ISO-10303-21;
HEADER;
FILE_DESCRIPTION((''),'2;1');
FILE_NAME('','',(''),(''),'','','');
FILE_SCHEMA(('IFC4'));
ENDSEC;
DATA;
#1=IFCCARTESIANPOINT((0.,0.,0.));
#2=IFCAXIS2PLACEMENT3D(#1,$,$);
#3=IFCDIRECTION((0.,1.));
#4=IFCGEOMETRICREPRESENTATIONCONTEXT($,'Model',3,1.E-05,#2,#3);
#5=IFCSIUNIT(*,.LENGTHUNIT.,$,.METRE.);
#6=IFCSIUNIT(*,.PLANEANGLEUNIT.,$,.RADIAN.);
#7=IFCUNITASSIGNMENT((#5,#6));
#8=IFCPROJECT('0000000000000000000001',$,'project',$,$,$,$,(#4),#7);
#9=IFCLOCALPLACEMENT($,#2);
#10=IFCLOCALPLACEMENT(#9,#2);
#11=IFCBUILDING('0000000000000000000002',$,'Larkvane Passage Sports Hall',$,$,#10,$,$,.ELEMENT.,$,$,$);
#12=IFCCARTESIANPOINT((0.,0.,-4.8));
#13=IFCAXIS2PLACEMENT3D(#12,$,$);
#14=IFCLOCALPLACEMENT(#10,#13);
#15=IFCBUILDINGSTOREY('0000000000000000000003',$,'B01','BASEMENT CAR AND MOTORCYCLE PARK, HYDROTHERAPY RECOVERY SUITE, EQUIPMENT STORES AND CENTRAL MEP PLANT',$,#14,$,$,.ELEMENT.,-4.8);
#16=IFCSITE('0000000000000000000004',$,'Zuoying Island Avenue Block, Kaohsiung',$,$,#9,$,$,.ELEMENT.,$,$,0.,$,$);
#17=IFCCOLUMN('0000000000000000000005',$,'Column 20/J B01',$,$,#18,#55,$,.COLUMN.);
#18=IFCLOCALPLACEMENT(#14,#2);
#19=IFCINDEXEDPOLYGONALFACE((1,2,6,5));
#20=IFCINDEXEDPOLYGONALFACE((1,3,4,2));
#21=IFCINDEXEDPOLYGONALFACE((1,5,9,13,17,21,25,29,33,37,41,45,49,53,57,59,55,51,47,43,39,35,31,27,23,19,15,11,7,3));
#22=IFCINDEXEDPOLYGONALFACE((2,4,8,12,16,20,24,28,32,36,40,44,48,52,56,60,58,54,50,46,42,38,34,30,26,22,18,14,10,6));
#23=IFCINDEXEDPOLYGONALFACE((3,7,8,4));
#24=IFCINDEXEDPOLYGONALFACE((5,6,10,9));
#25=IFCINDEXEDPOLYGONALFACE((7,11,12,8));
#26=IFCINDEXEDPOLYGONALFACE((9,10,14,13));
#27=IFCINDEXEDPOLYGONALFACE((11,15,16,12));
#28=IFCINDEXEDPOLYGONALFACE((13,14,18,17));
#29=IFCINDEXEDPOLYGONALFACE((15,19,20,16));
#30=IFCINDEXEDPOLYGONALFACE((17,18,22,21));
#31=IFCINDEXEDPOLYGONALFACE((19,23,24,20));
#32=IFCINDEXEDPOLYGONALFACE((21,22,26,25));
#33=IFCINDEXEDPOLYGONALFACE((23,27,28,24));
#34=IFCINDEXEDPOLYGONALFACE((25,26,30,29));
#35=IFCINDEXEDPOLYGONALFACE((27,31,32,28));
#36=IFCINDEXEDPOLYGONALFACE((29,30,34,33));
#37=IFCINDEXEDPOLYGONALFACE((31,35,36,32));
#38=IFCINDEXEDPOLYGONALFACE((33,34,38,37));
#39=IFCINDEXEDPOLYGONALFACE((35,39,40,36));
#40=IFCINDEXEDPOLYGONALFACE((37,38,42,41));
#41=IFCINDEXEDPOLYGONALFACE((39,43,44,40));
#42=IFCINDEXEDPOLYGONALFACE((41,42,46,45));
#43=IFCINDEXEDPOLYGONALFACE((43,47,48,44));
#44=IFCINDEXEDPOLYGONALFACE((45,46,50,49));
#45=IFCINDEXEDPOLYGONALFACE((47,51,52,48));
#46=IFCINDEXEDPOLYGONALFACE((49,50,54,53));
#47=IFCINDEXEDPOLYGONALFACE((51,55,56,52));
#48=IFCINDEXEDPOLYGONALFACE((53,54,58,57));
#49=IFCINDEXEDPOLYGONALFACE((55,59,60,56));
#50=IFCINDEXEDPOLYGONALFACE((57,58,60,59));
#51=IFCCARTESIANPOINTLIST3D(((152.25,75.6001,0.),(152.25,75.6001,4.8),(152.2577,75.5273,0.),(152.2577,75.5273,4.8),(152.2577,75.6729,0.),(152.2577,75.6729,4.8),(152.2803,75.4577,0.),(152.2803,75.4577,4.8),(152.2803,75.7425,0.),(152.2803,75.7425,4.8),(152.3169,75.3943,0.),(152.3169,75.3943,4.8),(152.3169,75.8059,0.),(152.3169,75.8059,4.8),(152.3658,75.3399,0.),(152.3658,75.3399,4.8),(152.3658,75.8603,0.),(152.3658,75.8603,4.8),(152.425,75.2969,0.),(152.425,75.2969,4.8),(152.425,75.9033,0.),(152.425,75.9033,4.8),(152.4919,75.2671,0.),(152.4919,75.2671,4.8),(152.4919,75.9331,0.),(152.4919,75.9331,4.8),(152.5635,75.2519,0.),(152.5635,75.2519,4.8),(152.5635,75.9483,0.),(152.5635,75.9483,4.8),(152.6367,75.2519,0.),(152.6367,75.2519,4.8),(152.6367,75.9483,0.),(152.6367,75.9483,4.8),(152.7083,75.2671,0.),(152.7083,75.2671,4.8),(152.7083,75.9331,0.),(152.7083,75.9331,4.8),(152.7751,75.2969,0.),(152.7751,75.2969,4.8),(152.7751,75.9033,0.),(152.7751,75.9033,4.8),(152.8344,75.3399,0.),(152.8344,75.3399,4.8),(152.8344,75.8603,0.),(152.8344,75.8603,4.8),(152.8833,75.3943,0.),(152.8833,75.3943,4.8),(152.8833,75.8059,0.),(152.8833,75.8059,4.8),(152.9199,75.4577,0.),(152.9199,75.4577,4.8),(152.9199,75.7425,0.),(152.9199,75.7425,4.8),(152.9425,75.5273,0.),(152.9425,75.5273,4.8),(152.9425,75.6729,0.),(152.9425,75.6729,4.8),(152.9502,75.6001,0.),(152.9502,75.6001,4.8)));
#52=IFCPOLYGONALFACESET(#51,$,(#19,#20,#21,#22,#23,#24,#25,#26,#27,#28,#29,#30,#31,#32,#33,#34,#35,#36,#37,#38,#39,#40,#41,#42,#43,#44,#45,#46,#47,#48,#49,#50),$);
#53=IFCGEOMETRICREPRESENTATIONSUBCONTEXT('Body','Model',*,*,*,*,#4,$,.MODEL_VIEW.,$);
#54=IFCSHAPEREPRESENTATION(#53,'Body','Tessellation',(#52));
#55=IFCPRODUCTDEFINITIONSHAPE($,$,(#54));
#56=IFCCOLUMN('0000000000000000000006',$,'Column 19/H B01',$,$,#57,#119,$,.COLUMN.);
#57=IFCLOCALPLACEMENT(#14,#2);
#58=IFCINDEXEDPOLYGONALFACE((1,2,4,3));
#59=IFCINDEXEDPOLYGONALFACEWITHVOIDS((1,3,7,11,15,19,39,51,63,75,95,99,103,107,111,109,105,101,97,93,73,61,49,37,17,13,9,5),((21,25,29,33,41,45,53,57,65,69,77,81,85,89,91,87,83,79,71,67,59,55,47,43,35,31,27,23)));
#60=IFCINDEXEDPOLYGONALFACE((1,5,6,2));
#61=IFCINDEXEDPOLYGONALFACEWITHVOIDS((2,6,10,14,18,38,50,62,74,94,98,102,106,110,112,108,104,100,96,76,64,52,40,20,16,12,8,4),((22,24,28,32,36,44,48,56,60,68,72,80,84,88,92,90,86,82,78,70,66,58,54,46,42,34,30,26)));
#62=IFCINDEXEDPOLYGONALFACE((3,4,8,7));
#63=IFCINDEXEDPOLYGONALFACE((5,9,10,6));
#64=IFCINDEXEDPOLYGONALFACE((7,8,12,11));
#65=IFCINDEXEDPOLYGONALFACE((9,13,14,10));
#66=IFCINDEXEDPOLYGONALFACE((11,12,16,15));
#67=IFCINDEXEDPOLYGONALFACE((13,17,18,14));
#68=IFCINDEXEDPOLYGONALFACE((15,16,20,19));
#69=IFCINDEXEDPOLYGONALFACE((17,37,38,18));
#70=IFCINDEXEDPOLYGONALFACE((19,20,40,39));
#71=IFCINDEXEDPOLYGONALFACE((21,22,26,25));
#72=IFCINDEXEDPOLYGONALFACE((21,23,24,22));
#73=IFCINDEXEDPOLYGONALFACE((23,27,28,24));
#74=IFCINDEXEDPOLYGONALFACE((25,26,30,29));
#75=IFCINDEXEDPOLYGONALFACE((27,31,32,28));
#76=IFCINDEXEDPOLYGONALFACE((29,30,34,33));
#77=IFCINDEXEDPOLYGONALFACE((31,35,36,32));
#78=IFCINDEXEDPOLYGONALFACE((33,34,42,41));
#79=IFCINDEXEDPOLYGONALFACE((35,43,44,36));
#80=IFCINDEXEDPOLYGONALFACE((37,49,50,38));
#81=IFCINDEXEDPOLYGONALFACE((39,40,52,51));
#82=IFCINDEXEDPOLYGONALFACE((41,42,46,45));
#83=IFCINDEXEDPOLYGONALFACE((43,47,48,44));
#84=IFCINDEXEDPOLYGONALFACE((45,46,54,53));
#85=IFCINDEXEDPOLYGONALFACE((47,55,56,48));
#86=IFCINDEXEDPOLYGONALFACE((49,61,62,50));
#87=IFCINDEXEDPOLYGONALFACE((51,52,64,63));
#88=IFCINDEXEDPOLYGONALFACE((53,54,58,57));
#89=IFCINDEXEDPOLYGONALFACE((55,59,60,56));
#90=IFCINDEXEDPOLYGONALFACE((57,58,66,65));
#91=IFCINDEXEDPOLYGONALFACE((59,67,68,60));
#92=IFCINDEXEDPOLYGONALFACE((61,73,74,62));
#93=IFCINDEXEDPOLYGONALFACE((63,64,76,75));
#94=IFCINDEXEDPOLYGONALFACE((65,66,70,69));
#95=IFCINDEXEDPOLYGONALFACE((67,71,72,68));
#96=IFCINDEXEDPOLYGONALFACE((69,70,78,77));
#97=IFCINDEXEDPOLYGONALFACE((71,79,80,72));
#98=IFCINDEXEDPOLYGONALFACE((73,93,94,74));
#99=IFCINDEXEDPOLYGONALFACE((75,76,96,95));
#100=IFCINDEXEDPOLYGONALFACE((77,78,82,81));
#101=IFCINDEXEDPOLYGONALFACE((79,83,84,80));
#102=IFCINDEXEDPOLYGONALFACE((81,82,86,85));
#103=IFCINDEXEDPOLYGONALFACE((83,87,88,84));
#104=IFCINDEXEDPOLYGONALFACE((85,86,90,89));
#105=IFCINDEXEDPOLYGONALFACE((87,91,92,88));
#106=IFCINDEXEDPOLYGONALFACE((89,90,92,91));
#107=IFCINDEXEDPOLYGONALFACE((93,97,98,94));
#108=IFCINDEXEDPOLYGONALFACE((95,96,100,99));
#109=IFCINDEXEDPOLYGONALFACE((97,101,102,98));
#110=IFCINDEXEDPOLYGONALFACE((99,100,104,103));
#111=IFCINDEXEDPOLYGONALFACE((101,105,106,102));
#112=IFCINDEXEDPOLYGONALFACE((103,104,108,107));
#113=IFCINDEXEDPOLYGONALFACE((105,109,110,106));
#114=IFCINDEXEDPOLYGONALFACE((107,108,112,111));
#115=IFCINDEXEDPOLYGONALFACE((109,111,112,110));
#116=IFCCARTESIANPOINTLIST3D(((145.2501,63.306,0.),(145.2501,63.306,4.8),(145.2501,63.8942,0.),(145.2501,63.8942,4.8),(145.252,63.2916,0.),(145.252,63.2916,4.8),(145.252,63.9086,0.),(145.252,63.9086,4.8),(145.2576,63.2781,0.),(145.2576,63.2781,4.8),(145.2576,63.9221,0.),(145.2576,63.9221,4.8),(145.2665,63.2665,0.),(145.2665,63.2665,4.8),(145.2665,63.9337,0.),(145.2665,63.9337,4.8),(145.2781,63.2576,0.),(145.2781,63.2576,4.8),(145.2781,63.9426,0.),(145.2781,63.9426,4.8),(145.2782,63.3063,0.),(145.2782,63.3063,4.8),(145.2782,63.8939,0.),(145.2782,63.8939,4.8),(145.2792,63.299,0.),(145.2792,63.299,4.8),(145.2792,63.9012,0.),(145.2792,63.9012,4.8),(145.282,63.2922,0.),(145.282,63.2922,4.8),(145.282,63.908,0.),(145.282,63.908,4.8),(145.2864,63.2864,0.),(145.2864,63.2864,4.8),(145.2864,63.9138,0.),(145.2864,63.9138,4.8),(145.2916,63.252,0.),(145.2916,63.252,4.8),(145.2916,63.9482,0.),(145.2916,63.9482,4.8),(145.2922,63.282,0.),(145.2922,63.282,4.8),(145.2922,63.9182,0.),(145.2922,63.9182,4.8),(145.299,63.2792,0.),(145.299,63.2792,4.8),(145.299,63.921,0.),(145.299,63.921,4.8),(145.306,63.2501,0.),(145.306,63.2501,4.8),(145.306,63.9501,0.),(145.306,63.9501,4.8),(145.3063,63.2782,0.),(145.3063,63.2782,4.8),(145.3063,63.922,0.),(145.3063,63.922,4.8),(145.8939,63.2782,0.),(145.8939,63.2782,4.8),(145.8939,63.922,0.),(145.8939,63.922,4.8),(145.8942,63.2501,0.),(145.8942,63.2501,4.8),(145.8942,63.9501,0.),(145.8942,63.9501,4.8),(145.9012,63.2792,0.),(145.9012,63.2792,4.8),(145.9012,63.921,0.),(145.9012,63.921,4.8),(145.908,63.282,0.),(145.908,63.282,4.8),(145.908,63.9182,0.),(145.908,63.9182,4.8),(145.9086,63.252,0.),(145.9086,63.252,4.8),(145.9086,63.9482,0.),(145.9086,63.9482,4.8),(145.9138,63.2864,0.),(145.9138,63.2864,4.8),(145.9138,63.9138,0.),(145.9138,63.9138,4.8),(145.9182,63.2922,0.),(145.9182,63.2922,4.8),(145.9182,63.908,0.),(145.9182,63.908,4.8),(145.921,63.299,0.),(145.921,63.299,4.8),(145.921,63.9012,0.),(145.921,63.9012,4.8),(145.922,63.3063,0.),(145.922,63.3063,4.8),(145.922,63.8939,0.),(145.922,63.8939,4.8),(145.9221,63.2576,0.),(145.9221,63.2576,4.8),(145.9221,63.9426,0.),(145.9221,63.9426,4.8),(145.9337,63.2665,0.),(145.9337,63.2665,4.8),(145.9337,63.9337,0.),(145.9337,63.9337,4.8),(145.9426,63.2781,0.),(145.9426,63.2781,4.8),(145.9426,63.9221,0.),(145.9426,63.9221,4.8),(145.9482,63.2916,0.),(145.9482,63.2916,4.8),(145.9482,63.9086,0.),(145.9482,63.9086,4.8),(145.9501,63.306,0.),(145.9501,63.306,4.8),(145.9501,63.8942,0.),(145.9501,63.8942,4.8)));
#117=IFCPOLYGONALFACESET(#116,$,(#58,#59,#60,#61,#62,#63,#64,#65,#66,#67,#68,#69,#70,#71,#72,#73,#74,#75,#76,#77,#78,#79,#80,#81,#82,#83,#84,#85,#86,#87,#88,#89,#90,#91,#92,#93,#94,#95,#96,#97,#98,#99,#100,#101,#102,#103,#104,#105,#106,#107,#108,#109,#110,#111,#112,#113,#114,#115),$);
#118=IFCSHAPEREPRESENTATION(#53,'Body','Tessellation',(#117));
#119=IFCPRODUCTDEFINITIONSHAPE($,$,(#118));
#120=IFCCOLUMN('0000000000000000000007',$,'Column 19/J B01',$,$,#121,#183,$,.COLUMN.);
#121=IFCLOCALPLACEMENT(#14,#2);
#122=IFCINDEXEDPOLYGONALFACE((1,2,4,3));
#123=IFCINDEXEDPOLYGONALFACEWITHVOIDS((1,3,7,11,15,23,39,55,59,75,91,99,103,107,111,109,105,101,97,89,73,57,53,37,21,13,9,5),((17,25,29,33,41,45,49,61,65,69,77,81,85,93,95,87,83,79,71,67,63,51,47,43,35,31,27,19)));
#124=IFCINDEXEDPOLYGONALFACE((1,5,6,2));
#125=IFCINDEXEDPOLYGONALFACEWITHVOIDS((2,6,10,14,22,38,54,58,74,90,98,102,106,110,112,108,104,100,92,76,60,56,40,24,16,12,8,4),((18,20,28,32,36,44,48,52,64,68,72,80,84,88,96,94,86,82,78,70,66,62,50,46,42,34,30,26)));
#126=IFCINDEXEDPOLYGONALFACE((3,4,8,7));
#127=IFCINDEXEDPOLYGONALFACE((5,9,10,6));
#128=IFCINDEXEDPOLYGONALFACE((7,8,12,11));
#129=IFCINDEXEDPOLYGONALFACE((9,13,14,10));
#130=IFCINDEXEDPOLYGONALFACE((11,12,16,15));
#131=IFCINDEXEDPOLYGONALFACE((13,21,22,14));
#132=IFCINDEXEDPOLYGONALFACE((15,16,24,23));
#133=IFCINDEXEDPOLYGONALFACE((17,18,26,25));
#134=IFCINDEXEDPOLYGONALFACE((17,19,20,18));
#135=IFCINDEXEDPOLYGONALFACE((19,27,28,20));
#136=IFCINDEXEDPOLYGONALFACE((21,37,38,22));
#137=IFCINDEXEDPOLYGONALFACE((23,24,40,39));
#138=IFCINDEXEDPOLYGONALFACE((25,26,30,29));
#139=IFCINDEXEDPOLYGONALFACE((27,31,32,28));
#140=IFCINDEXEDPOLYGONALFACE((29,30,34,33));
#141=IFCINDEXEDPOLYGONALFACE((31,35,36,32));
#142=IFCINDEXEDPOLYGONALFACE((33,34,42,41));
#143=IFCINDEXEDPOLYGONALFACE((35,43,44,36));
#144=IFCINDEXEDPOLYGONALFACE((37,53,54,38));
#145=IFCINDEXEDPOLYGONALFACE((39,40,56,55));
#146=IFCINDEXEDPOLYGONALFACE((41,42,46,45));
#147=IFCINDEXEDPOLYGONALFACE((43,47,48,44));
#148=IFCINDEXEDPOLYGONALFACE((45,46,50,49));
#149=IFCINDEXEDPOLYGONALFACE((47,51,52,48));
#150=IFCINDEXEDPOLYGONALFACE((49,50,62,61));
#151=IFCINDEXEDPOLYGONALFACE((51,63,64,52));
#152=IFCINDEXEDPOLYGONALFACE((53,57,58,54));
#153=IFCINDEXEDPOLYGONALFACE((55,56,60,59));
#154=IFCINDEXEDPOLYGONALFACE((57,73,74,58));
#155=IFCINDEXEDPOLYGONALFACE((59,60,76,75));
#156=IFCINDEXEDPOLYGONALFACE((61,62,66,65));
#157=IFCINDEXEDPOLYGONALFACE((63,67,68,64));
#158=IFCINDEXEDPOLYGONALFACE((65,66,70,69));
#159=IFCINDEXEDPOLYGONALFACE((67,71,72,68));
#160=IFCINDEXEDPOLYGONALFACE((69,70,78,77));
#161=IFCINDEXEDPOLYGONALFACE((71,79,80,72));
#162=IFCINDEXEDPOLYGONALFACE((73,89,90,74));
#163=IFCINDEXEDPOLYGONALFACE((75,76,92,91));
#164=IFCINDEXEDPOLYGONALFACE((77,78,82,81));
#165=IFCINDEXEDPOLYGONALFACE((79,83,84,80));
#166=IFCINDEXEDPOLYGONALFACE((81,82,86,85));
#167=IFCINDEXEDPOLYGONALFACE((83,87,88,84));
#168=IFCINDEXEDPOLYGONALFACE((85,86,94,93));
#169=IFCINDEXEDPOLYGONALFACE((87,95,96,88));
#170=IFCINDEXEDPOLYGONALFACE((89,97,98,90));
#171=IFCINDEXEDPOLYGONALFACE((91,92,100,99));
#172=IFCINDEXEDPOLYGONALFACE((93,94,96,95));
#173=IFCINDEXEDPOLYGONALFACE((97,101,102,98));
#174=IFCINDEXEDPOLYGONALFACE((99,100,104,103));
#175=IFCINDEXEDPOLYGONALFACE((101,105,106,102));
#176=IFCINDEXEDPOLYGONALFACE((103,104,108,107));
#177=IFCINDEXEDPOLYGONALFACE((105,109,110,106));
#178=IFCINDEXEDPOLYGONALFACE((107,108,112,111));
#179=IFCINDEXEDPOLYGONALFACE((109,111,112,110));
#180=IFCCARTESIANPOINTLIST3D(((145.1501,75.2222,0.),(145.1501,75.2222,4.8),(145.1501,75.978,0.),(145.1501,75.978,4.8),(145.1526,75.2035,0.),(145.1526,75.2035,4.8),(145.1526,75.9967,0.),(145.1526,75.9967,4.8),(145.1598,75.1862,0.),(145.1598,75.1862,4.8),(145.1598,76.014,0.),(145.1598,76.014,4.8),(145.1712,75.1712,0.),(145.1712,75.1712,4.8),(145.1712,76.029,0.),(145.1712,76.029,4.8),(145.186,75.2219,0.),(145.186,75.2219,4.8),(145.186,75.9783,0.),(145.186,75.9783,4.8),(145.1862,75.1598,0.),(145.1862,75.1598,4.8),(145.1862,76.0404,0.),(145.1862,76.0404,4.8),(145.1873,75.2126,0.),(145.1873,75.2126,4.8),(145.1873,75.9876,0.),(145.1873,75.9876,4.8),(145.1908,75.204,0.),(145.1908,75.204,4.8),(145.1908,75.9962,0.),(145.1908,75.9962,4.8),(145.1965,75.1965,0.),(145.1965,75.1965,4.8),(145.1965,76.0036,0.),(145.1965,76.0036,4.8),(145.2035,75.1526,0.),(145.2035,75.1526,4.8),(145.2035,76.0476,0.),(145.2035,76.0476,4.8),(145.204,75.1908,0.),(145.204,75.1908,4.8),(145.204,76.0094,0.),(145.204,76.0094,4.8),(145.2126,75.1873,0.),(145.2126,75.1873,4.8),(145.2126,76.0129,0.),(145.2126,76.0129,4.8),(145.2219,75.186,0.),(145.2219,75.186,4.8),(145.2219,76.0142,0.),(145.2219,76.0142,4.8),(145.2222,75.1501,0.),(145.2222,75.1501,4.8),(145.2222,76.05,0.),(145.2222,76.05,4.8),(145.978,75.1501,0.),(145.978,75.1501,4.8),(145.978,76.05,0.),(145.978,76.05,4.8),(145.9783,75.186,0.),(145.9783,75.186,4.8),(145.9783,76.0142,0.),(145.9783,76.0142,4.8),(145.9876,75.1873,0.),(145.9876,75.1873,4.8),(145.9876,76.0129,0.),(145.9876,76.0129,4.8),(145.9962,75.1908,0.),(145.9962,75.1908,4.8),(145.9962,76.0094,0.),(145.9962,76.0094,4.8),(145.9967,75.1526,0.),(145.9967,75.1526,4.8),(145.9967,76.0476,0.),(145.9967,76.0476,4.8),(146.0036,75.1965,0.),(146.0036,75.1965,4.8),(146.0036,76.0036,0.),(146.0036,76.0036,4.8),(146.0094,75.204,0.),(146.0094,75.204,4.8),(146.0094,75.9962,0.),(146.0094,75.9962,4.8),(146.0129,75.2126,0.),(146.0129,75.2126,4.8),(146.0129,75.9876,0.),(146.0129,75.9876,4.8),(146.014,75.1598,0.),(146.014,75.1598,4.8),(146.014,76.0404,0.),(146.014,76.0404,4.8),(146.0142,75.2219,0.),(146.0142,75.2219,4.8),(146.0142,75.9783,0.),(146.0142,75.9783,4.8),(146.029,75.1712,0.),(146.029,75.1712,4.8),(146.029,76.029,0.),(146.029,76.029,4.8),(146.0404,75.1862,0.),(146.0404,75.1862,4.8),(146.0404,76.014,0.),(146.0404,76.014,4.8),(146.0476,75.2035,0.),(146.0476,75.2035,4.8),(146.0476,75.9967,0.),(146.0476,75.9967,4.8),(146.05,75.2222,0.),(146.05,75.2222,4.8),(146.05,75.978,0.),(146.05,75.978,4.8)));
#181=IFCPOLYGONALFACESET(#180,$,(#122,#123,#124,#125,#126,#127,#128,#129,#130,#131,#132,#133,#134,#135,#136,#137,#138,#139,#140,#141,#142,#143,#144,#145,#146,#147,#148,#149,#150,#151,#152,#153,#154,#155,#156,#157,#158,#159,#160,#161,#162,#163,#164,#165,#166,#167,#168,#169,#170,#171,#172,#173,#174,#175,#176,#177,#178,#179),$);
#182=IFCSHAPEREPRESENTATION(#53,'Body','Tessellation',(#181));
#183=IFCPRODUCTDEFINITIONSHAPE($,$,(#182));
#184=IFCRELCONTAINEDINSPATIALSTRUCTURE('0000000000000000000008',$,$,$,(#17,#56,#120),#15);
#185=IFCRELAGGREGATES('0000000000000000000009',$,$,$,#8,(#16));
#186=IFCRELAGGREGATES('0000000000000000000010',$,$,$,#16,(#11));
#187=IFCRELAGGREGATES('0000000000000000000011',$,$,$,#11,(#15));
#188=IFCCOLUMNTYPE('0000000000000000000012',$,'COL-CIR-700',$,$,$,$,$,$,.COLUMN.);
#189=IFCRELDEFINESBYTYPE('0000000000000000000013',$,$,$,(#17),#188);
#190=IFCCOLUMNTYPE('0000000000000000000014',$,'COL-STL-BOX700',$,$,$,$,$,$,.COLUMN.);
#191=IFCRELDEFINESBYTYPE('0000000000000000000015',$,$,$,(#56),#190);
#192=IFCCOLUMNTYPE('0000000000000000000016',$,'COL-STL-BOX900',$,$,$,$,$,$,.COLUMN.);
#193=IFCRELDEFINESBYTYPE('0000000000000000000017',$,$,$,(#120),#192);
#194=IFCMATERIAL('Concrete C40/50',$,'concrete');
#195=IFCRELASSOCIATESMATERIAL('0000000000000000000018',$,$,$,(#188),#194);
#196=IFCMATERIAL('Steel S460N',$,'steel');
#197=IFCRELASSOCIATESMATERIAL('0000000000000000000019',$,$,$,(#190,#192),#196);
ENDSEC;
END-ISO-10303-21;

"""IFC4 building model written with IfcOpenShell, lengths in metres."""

from ifc_helpers import new_model, si_unit, direction, frame, origin, origin_2d, place, context, subcontext, project, spatial, hollow_rectangle, circle, extrude, material, material_profile, profile_set, type_object, element, save


model = new_model("IFC4")

# Units and contexts
model_context = context("Model", 3, precision=1e-05, world=origin(), true_north=direction((0.0, 1.0)))
body_context = subcontext(model_context, "Body", "Model", "MODEL_VIEW")
ifc_project = project(units=[si_unit("LENGTHUNIT", "METRE"), si_unit("PLANEANGLEUNIT", "RADIAN")], contexts=[model_context])

# Site, building, storey
site_placement = place(None, origin())
site = spatial("IfcSite", under=ifc_project, at=site_placement, Name="Zuoying Island Avenue Block, Kaohsiung", CompositionType="ELEMENT", RefElevation=0.0)
building_placement = place(site_placement, origin())
building = spatial("IfcBuilding", under=site, at=building_placement, Name="Larkvane Passage Sports Hall", CompositionType="ELEMENT")
storey_placement = place(building_placement, frame((0.0, 0.0, -4.8)))
storey = spatial("IfcBuildingStorey", under=building, at=storey_placement, Name="B01", Description="BASEMENT CAR AND MOTORCYCLE PARK, HYDROTHERAPY RECOVERY SUITE, EQUIPMENT STORES AND CENTRAL MEP PLANT", CompositionType="ELEMENT", Elevation=-4.8)

# Shared definitions
ifc_material_1 = material(Name="Concrete C40/50", Category="concrete")

# Columns
ifc_material_profile_1 = material_profile(ifc_material_1, circle(Radius=0.3501, at=origin_2d()), Name="RC-CIR-700")
ifc_profile_set_1 = profile_set([ifc_material_profile_1], Name="Concrete C40/50")
column_type_1 = type_object("IfcColumnType", Name="COL-CIR-700", PredefinedType="COLUMN", material=ifc_profile_set_1)
column_1_placement = place(storey_placement, frame((152.6001, 75.6001, 0.0), z_axis=(0.0, 0.0, 1.0), x_axis=(1.0, 0.0, 0.0)))
element("IfcColumn", 1, at=column_1_placement, inside=storey, type_object=column_type_1, Name="Column 20/J B01", PredefinedType="COLUMN", context=body_context, shape_type="SweptSolid", body=[
    extrude(circle(Radius=0.3501, at=origin_2d()), origin(), (0.0, 0.0, 1.0), 4.8),
])
ifc_material_2 = material(Name="Steel S460N", Category="steel")
ifc_material_profile_2 = material_profile(ifc_material_2, hollow_rectangle(XDim=0.7, YDim=0.7, WallThickness=0.0281, InnerFilletRadius=0.0281, OuterFilletRadius=0.0559, at=origin_2d()), Name="BOX-700x700x28")
ifc_profile_set_2 = profile_set([ifc_material_profile_2], Name="Steel S460N")
column_type_2 = type_object("IfcColumnType", Name="COL-STL-BOX700", PredefinedType="COLUMN", material=ifc_profile_set_2)
column_2_placement = place(storey_placement, frame((145.6001, 63.6001, 0.0), z_axis=(0.0, 0.0, 1.0), x_axis=(1.0, 0.0, 0.0)))
element("IfcColumn", 2, at=column_2_placement, inside=storey, type_object=column_type_2, Name="Column 19/H B01", PredefinedType="COLUMN", context=body_context, shape_type="SweptSolid", body=[
    extrude(hollow_rectangle(XDim=0.7, YDim=0.7, WallThickness=0.0281, InnerFilletRadius=0.0281, OuterFilletRadius=0.0559, at=origin_2d()), origin(), (0.0, 0.0, 1.0), 4.8),
])
ifc_material_profile_3 = material_profile(ifc_material_2, hollow_rectangle(XDim=0.8999, YDim=0.8999, WallThickness=0.0359, InnerFilletRadius=0.0359, OuterFilletRadius=0.072, at=origin_2d()), Name="BOX-900x900x36")
ifc_profile_set_3 = profile_set([ifc_material_profile_3], Name="Steel S460N")
column_type_3 = type_object("IfcColumnType", Name="COL-STL-BOX900", PredefinedType="COLUMN", material=ifc_profile_set_3)
column_3_placement = place(storey_placement, frame((145.6001, 75.6001, 0.0), z_axis=(0.0, 0.0, 1.0), x_axis=(1.0, 0.0, 0.0)))
element("IfcColumn", 3, at=column_3_placement, inside=storey, type_object=column_type_3, Name="Column 19/J B01", PredefinedType="COLUMN", context=body_context, shape_type="SweptSolid", body=[
    extrude(hollow_rectangle(XDim=0.8999, YDim=0.8999, WallThickness=0.0359, InnerFilletRadius=0.0359, OuterFilletRadius=0.072, at=origin_2d()), origin(), (0.0, 0.0, 1.0), 4.8),
])

save(model, "model.ifc")
